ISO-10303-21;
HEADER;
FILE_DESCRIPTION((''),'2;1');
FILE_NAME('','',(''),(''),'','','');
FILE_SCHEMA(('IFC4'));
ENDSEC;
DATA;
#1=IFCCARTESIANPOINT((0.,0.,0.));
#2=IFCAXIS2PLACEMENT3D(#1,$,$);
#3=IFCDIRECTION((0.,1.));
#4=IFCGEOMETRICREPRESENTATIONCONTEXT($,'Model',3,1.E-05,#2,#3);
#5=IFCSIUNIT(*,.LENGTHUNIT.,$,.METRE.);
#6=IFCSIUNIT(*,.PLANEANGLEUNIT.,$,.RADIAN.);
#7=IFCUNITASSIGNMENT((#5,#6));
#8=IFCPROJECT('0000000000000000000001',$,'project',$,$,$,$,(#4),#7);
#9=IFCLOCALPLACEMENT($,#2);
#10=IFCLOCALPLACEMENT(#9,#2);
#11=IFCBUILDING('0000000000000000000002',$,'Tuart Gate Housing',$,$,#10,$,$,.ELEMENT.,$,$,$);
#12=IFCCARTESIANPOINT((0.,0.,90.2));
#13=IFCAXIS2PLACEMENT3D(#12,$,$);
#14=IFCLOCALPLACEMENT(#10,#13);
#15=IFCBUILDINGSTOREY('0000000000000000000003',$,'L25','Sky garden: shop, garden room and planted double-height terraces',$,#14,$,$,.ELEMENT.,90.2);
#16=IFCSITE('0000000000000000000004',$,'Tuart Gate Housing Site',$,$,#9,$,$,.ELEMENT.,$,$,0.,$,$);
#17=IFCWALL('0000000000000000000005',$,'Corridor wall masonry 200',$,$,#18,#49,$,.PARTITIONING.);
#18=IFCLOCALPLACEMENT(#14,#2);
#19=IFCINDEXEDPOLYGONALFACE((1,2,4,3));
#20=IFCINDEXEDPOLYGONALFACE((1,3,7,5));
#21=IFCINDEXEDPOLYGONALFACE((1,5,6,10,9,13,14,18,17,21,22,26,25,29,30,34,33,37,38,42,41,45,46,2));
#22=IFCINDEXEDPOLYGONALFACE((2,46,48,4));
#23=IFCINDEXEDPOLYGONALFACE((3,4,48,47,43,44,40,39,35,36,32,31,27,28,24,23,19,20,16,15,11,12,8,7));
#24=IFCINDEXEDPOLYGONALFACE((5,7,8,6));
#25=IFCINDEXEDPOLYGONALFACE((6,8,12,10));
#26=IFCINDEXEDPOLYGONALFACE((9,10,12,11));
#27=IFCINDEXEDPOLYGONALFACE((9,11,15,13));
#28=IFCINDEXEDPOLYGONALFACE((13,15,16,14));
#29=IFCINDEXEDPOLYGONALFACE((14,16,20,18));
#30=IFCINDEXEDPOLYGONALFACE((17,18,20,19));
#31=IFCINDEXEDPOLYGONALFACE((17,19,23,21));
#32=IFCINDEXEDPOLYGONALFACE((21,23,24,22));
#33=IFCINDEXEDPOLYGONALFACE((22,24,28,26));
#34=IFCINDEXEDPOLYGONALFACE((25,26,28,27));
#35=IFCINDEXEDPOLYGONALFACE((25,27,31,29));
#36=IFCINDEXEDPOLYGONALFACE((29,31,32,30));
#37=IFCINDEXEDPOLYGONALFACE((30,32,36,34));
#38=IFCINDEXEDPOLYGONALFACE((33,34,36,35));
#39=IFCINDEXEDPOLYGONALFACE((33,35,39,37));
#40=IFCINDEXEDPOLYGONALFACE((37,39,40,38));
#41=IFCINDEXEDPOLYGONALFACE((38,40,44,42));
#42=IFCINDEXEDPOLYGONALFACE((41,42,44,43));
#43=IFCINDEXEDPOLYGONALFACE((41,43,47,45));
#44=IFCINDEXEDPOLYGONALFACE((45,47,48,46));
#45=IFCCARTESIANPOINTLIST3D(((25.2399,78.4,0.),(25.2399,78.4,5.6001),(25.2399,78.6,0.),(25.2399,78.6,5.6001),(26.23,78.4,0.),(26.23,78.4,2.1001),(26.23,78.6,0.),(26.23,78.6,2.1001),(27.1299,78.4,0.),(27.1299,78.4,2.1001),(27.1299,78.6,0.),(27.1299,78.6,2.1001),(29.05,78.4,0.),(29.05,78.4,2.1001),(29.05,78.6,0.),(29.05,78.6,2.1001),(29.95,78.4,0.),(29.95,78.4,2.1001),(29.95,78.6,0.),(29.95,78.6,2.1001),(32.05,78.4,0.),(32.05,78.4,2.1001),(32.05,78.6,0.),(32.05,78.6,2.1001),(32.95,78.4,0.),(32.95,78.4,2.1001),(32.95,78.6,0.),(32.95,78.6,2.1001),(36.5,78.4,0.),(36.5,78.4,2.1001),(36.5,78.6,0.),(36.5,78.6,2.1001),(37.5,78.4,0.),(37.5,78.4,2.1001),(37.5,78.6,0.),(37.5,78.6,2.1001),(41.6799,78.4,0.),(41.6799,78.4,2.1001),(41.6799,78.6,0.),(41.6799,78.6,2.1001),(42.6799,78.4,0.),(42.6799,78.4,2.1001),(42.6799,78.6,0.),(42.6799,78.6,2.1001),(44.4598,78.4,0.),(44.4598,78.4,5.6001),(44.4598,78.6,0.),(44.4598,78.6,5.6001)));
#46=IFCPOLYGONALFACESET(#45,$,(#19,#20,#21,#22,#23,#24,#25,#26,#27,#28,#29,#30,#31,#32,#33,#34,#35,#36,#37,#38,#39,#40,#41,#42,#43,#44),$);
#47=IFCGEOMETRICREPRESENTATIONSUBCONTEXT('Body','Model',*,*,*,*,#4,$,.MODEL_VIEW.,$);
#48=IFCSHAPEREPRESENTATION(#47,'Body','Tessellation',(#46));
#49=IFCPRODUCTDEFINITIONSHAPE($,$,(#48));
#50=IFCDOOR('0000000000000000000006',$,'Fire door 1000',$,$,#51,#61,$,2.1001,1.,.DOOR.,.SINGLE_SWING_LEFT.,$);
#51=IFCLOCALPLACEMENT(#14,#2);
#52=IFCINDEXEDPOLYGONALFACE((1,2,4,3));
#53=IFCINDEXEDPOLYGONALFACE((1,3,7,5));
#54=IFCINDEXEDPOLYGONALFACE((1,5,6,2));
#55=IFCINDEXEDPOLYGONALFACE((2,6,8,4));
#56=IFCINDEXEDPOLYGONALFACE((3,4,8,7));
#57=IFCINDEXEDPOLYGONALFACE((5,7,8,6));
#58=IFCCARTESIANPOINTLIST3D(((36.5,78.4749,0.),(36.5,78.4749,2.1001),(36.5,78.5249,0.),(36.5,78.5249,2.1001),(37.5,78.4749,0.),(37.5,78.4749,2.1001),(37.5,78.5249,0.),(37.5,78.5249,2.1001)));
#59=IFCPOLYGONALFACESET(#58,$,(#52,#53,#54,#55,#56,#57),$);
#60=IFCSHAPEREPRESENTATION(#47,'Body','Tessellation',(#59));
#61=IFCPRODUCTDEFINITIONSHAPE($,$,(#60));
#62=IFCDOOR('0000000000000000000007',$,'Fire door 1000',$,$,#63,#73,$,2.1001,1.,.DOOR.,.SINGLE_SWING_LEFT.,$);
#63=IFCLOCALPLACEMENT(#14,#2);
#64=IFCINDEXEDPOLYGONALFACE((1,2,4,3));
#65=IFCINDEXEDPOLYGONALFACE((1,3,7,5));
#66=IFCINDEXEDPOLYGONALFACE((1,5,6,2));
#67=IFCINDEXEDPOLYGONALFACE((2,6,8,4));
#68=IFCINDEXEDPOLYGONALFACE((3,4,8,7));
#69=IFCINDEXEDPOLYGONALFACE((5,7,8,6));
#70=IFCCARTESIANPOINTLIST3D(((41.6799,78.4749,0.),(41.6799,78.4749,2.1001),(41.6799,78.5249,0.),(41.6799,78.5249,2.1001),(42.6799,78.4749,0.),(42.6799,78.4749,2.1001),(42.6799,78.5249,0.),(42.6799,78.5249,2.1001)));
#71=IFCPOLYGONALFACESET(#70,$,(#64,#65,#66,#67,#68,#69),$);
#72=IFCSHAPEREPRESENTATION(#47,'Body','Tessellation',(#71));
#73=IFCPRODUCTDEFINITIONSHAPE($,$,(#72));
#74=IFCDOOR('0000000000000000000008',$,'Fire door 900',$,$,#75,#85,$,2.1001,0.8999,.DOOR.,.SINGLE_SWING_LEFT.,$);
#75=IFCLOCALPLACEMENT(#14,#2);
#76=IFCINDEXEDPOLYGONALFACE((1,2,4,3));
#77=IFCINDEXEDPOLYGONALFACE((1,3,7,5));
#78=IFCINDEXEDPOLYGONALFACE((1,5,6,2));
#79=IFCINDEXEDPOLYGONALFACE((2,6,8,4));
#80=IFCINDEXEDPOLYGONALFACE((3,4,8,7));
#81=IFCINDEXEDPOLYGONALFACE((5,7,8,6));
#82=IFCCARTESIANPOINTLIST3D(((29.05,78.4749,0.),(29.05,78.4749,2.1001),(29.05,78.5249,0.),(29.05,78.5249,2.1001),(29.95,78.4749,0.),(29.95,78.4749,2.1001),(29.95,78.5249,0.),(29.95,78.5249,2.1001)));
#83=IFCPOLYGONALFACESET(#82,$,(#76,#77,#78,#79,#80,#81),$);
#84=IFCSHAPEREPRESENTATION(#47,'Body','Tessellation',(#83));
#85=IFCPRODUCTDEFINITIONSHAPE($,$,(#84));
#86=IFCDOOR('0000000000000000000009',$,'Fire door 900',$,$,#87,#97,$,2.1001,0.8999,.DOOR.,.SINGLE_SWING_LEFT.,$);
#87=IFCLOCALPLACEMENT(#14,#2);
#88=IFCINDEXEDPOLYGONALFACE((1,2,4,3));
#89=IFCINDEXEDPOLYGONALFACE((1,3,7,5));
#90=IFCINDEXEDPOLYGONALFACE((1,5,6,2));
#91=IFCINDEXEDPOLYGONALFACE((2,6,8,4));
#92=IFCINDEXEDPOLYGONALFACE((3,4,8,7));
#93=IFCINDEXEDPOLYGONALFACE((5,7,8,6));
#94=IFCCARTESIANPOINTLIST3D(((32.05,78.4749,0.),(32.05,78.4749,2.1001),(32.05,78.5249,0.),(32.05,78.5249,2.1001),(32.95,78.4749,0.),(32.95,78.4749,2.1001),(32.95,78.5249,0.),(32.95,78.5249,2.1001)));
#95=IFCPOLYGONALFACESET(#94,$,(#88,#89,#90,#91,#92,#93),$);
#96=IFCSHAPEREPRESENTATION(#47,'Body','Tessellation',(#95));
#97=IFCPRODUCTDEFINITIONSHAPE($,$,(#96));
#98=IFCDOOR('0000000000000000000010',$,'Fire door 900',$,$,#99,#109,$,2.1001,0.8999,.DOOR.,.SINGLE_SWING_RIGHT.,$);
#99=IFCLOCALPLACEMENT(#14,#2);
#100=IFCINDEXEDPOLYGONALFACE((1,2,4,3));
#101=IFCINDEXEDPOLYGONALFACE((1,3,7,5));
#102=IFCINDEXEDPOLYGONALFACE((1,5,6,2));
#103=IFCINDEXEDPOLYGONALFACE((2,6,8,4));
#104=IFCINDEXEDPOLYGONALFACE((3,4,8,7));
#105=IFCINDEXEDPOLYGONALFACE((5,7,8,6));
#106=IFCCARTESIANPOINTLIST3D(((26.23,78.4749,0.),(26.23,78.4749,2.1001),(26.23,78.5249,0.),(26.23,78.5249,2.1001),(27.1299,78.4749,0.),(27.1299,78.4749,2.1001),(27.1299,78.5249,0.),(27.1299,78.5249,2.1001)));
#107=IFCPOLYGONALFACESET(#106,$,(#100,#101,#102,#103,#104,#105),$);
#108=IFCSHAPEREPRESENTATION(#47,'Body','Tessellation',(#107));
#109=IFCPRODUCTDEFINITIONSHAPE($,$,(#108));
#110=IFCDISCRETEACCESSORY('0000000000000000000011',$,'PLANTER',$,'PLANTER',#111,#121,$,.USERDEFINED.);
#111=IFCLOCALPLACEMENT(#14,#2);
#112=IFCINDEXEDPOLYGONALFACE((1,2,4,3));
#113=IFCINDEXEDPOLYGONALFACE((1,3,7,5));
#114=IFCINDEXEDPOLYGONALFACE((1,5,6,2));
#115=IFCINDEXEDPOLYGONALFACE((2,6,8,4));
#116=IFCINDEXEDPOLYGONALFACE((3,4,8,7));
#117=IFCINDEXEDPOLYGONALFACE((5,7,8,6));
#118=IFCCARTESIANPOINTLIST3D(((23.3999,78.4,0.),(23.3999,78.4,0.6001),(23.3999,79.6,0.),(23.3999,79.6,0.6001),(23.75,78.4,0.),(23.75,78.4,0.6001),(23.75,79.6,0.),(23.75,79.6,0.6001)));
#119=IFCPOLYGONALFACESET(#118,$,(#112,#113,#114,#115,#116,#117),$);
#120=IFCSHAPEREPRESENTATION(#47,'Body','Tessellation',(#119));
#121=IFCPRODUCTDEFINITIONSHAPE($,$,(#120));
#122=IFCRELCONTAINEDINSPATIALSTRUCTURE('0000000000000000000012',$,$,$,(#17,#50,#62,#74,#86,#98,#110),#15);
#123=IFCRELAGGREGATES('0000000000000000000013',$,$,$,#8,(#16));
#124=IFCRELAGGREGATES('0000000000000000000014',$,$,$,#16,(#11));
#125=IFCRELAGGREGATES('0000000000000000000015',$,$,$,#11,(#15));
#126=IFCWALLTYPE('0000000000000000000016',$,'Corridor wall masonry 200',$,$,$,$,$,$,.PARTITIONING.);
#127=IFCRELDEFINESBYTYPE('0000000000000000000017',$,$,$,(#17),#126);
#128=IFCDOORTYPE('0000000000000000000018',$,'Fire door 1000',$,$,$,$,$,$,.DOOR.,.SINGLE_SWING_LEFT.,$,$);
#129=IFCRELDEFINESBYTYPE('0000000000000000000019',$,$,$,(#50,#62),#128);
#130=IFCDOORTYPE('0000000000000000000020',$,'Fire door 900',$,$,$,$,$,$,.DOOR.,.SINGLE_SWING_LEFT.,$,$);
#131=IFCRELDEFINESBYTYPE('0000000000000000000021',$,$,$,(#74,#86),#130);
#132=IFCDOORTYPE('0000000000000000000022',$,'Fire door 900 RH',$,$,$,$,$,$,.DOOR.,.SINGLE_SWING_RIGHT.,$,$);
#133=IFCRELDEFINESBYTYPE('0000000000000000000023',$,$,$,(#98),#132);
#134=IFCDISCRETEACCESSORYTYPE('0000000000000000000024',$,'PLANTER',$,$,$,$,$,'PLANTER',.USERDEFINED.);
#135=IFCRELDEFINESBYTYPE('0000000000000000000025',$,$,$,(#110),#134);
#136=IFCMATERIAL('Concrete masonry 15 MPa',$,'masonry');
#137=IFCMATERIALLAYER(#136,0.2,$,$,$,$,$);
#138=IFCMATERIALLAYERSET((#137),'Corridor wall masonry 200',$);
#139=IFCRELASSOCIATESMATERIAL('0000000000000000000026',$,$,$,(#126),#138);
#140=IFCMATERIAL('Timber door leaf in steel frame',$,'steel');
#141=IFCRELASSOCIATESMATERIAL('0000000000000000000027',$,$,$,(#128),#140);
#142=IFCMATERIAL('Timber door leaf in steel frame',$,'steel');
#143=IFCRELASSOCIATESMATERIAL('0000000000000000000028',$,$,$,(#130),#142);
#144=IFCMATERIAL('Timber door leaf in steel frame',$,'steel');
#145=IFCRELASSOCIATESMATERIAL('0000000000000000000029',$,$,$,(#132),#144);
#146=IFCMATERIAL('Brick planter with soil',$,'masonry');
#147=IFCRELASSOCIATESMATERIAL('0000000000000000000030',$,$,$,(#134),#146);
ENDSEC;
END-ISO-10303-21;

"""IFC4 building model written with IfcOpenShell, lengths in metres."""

from ifc_helpers import new_model, si_unit, direction, frame, frame_2d, origin, origin_2d, place, context, subcontext, project, spatial, rectangle, extrude, material, layer, layer_set, type_object, element, fill, save


model = new_model("IFC4")

# Units and contexts
model_context = context("Model", 3, precision=1e-05, world=origin(), true_north=direction((0.0, 1.0)))
body_context = subcontext(model_context, "Body", "Model", "MODEL_VIEW")
ifc_project = project(units=[si_unit("LENGTHUNIT", "METRE"), si_unit("PLANEANGLEUNIT", "RADIAN")], contexts=[model_context])

# Site, building, storey
site_placement = place(None, origin())
site = spatial("IfcSite", under=ifc_project, at=site_placement, Name="Tuart Gate Housing Site", CompositionType="ELEMENT", RefElevation=0.0)
building_placement = place(site_placement, origin())
building = spatial("IfcBuilding", under=site, at=building_placement, Name="Tuart Gate Housing", CompositionType="ELEMENT")
storey_placement = place(building_placement, frame((0.0, 0.0, 90.2)))
storey = spatial("IfcBuildingStorey", under=building, at=storey_placement, Name="L25", Description="Sky garden: shop, garden room and planted double-height terraces", CompositionType="ELEMENT", Elevation=90.2)

# Shared definitions
ifc_material_1 = material(Name="Concrete masonry 15 MPa", Category="masonry")
ifc_layer_1 = layer(ifc_material_1, 0.2)
ifc_layer_set_1 = layer_set([ifc_layer_1], Name="Corridor wall masonry 200")
wall_type_1 = type_object("IfcWallType", Name="Corridor wall masonry 200", PredefinedType="PARTITIONING", material=ifc_layer_set_1)

# Wall, openings, doors
wall_1_placement = place(storey_placement, frame((25.24, 78.5, 0.0), z_axis=(0.0, 0.0, 1.0), x_axis=(1.0, 0.0, 0.0)))
wall_1 = element("IfcWall", 1, at=wall_1_placement, inside=storey, type_object=wall_type_1, Name="Corridor wall masonry 200", PredefinedType="PARTITIONING", context=body_context, shape_type="SweptSolid", body=[
    extrude(rectangle(XDim=19.22, YDim=0.2, at=frame_2d((9.6099, 0.0))), origin(), (0.0, 0.0, 1.0), 5.6001),
])
opening_1_placement = place(wall_1_placement, frame((0.99, 0.0, 0.0)))
opening_1 = element("IfcOpeningElement", 2, at=opening_1_placement, cuts=wall_1, PredefinedType="OPENING", context=body_context, shape_type="SweptSolid", body=[
    extrude(rectangle(XDim=0.8999, YDim=2.1001, at=frame_2d((0.45, 1.05))), frame((0.0, 0.1099, 0.0), z_axis=(0.0, -1.0, 0.0), x_axis=(1.0, 0.0, 0.0)), (0.0, 0.0, 1.0), 0.22),
])
opening_2_placement = place(wall_1_placement, frame((3.8101, 0.0, 0.0)))
opening_2 = element("IfcOpeningElement", 3, at=opening_2_placement, cuts=wall_1, PredefinedType="OPENING", context=body_context, shape_type="SweptSolid", body=[
    extrude(rectangle(XDim=0.8999, YDim=2.1001, at=frame_2d((0.45, 1.05))), frame((0.0, 0.1099, 0.0), z_axis=(0.0, -1.0, 0.0), x_axis=(1.0, 0.0, 0.0)), (0.0, 0.0, 1.0), 0.22),
])
opening_3_placement = place(wall_1_placement, frame((6.8101, 0.0, 0.0)))
opening_3 = element("IfcOpeningElement", 4, at=opening_3_placement, cuts=wall_1, PredefinedType="OPENING", context=body_context, shape_type="SweptSolid", body=[
    extrude(rectangle(XDim=0.8999, YDim=2.1001, at=frame_2d((0.45, 1.05))), frame((0.0, 0.1099, 0.0), z_axis=(0.0, -1.0, 0.0), x_axis=(1.0, 0.0, 0.0)), (0.0, 0.0, 1.0), 0.22),
])
opening_4_placement = place(wall_1_placement, frame((11.26, 0.0, 0.0)))
opening_4 = element("IfcOpeningElement", 5, at=opening_4_placement, cuts=wall_1, PredefinedType="OPENING", context=body_context, shape_type="SweptSolid", body=[
    extrude(rectangle(XDim=1.0, YDim=2.1001, at=frame_2d((0.5, 1.05))), frame((0.0, 0.1099, 0.0), z_axis=(0.0, -1.0, 0.0), x_axis=(1.0, 0.0, 0.0)), (0.0, 0.0, 1.0), 0.22),
])
opening_5_placement = place(wall_1_placement, frame((16.4399, 0.0, 0.0)))
opening_5 = element("IfcOpeningElement", 6, at=opening_5_placement, cuts=wall_1, PredefinedType="OPENING", context=body_context, shape_type="SweptSolid", body=[
    extrude(rectangle(XDim=1.0, YDim=2.1001, at=frame_2d((0.5, 1.05))), frame((0.0, 0.1099, 0.0), z_axis=(0.0, -1.0, 0.0), x_axis=(1.0, 0.0, 0.0)), (0.0, 0.0, 1.0), 0.22),
])
ifc_material_2 = material(Name="Timber door leaf in steel frame", Category="steel")
door_type_1 = type_object("IfcDoorType", Name="Fire door 1000", OperationType="SINGLE_SWING_LEFT", PredefinedType="DOOR", material=ifc_material_2)
door_1_placement = place(opening_4_placement, origin())
door_1 = element("IfcDoor", 7, at=door_1_placement, inside=storey, type_object=door_type_1, Name="Fire door 1000", OperationType="SINGLE_SWING_LEFT", OverallHeight=2.1001, OverallWidth=1.0, PredefinedType="DOOR", context=body_context, shape_type="SweptSolid", body=[
    extrude(rectangle(XDim=1.0, YDim=2.1001, at=frame_2d((0.5, 1.05))), frame((0.0, 0.0249, 0.0), z_axis=(0.0, -1.0, 0.0), x_axis=(1.0, 0.0, 0.0)), (0.0, 0.0, 1.0), 0.05),
])
fill(opening_4, door_1)
door_2_placement = place(opening_5_placement, origin())
door_2 = element("IfcDoor", 8, at=door_2_placement, inside=storey, type_object=door_type_1, Name="Fire door 1000", OperationType="SINGLE_SWING_LEFT", OverallHeight=2.1001, OverallWidth=1.0, PredefinedType="DOOR", context=body_context, shape_type="SweptSolid", body=[
    extrude(rectangle(XDim=1.0, YDim=2.1001, at=frame_2d((0.5, 1.05))), frame((0.0, 0.0249, 0.0), z_axis=(0.0, -1.0, 0.0), x_axis=(1.0, 0.0, 0.0)), (0.0, 0.0, 1.0), 0.05),
])
fill(opening_5, door_2)
ifc_material_3 = material(Name="Timber door leaf in steel frame", Category="steel")
door_type_2 = type_object("IfcDoorType", Name="Fire door 900", OperationType="SINGLE_SWING_LEFT", PredefinedType="DOOR", material=ifc_material_3)
door_3_placement = place(opening_2_placement, origin())
door_3 = element("IfcDoor", 9, at=door_3_placement, inside=storey, type_object=door_type_2, Name="Fire door 900", OperationType="SINGLE_SWING_LEFT", OverallHeight=2.1001, OverallWidth=0.8999, PredefinedType="DOOR", context=body_context, shape_type="SweptSolid", body=[
    extrude(rectangle(XDim=0.8999, YDim=2.1001, at=frame_2d((0.45, 1.05))), frame((0.0, 0.0249, 0.0), z_axis=(0.0, -1.0, 0.0), x_axis=(1.0, 0.0, 0.0)), (0.0, 0.0, 1.0), 0.05),
])
fill(opening_2, door_3)
door_4_placement = place(opening_3_placement, origin())
door_4 = element("IfcDoor", 10, at=door_4_placement, inside=storey, type_object=door_type_2, Name="Fire door 900", OperationType="SINGLE_SWING_LEFT", OverallHeight=2.1001, OverallWidth=0.8999, PredefinedType="DOOR", context=body_context, shape_type="SweptSolid", body=[
    extrude(rectangle(XDim=0.8999, YDim=2.1001, at=frame_2d((0.45, 1.05))), frame((0.0, 0.0249, 0.0), z_axis=(0.0, -1.0, 0.0), x_axis=(1.0, 0.0, 0.0)), (0.0, 0.0, 1.0), 0.05),
])
fill(opening_3, door_4)
ifc_material_4 = material(Name="Timber door leaf in steel frame", Category="steel")
door_type_3 = type_object("IfcDoorType", Name="Fire door 900 RH", OperationType="SINGLE_SWING_RIGHT", PredefinedType="DOOR", material=ifc_material_4)
door_5_placement = place(opening_1_placement, origin())
door_5 = element("IfcDoor", 11, at=door_5_placement, inside=storey, type_object=door_type_3, Name="Fire door 900", OperationType="SINGLE_SWING_RIGHT", OverallHeight=2.1001, OverallWidth=0.8999, PredefinedType="DOOR", context=body_context, shape_type="SweptSolid", body=[
    extrude(rectangle(XDim=0.8999, YDim=2.1001, at=frame_2d((0.45, 1.05))), frame((0.0, 0.0249, 0.0), z_axis=(0.0, -1.0, 0.0), x_axis=(1.0, 0.0, 0.0)), (0.0, 0.0, 1.0), 0.05),
])
fill(opening_1, door_5)

# Discrete accessory
ifc_material_5 = material(Name="Brick planter with soil", Category="masonry")
discrete_accessory_type = type_object("IfcDiscreteAccessoryType", Name="PLANTER", ElementType="PLANTER", PredefinedType="USERDEFINED", material=ifc_material_5)
discrete_accessory_placement = place(storey_placement, frame((23.575, 79.0, 0.0), z_axis=(0.0, 0.0, 1.0), x_axis=(1.0, 0.0, 0.0)))
element("IfcDiscreteAccessory", 12, at=discrete_accessory_placement, inside=storey, type_object=discrete_accessory_type, Name="PLANTER", ObjectType="PLANTER", PredefinedType="USERDEFINED", context=body_context, shape_type="SweptSolid", body=[
    extrude(rectangle(XDim=0.3501, YDim=1.2, at=origin_2d()), origin(), (0.0, 0.0, 1.0), 0.6001),
])

save(model, "model.ifc")
